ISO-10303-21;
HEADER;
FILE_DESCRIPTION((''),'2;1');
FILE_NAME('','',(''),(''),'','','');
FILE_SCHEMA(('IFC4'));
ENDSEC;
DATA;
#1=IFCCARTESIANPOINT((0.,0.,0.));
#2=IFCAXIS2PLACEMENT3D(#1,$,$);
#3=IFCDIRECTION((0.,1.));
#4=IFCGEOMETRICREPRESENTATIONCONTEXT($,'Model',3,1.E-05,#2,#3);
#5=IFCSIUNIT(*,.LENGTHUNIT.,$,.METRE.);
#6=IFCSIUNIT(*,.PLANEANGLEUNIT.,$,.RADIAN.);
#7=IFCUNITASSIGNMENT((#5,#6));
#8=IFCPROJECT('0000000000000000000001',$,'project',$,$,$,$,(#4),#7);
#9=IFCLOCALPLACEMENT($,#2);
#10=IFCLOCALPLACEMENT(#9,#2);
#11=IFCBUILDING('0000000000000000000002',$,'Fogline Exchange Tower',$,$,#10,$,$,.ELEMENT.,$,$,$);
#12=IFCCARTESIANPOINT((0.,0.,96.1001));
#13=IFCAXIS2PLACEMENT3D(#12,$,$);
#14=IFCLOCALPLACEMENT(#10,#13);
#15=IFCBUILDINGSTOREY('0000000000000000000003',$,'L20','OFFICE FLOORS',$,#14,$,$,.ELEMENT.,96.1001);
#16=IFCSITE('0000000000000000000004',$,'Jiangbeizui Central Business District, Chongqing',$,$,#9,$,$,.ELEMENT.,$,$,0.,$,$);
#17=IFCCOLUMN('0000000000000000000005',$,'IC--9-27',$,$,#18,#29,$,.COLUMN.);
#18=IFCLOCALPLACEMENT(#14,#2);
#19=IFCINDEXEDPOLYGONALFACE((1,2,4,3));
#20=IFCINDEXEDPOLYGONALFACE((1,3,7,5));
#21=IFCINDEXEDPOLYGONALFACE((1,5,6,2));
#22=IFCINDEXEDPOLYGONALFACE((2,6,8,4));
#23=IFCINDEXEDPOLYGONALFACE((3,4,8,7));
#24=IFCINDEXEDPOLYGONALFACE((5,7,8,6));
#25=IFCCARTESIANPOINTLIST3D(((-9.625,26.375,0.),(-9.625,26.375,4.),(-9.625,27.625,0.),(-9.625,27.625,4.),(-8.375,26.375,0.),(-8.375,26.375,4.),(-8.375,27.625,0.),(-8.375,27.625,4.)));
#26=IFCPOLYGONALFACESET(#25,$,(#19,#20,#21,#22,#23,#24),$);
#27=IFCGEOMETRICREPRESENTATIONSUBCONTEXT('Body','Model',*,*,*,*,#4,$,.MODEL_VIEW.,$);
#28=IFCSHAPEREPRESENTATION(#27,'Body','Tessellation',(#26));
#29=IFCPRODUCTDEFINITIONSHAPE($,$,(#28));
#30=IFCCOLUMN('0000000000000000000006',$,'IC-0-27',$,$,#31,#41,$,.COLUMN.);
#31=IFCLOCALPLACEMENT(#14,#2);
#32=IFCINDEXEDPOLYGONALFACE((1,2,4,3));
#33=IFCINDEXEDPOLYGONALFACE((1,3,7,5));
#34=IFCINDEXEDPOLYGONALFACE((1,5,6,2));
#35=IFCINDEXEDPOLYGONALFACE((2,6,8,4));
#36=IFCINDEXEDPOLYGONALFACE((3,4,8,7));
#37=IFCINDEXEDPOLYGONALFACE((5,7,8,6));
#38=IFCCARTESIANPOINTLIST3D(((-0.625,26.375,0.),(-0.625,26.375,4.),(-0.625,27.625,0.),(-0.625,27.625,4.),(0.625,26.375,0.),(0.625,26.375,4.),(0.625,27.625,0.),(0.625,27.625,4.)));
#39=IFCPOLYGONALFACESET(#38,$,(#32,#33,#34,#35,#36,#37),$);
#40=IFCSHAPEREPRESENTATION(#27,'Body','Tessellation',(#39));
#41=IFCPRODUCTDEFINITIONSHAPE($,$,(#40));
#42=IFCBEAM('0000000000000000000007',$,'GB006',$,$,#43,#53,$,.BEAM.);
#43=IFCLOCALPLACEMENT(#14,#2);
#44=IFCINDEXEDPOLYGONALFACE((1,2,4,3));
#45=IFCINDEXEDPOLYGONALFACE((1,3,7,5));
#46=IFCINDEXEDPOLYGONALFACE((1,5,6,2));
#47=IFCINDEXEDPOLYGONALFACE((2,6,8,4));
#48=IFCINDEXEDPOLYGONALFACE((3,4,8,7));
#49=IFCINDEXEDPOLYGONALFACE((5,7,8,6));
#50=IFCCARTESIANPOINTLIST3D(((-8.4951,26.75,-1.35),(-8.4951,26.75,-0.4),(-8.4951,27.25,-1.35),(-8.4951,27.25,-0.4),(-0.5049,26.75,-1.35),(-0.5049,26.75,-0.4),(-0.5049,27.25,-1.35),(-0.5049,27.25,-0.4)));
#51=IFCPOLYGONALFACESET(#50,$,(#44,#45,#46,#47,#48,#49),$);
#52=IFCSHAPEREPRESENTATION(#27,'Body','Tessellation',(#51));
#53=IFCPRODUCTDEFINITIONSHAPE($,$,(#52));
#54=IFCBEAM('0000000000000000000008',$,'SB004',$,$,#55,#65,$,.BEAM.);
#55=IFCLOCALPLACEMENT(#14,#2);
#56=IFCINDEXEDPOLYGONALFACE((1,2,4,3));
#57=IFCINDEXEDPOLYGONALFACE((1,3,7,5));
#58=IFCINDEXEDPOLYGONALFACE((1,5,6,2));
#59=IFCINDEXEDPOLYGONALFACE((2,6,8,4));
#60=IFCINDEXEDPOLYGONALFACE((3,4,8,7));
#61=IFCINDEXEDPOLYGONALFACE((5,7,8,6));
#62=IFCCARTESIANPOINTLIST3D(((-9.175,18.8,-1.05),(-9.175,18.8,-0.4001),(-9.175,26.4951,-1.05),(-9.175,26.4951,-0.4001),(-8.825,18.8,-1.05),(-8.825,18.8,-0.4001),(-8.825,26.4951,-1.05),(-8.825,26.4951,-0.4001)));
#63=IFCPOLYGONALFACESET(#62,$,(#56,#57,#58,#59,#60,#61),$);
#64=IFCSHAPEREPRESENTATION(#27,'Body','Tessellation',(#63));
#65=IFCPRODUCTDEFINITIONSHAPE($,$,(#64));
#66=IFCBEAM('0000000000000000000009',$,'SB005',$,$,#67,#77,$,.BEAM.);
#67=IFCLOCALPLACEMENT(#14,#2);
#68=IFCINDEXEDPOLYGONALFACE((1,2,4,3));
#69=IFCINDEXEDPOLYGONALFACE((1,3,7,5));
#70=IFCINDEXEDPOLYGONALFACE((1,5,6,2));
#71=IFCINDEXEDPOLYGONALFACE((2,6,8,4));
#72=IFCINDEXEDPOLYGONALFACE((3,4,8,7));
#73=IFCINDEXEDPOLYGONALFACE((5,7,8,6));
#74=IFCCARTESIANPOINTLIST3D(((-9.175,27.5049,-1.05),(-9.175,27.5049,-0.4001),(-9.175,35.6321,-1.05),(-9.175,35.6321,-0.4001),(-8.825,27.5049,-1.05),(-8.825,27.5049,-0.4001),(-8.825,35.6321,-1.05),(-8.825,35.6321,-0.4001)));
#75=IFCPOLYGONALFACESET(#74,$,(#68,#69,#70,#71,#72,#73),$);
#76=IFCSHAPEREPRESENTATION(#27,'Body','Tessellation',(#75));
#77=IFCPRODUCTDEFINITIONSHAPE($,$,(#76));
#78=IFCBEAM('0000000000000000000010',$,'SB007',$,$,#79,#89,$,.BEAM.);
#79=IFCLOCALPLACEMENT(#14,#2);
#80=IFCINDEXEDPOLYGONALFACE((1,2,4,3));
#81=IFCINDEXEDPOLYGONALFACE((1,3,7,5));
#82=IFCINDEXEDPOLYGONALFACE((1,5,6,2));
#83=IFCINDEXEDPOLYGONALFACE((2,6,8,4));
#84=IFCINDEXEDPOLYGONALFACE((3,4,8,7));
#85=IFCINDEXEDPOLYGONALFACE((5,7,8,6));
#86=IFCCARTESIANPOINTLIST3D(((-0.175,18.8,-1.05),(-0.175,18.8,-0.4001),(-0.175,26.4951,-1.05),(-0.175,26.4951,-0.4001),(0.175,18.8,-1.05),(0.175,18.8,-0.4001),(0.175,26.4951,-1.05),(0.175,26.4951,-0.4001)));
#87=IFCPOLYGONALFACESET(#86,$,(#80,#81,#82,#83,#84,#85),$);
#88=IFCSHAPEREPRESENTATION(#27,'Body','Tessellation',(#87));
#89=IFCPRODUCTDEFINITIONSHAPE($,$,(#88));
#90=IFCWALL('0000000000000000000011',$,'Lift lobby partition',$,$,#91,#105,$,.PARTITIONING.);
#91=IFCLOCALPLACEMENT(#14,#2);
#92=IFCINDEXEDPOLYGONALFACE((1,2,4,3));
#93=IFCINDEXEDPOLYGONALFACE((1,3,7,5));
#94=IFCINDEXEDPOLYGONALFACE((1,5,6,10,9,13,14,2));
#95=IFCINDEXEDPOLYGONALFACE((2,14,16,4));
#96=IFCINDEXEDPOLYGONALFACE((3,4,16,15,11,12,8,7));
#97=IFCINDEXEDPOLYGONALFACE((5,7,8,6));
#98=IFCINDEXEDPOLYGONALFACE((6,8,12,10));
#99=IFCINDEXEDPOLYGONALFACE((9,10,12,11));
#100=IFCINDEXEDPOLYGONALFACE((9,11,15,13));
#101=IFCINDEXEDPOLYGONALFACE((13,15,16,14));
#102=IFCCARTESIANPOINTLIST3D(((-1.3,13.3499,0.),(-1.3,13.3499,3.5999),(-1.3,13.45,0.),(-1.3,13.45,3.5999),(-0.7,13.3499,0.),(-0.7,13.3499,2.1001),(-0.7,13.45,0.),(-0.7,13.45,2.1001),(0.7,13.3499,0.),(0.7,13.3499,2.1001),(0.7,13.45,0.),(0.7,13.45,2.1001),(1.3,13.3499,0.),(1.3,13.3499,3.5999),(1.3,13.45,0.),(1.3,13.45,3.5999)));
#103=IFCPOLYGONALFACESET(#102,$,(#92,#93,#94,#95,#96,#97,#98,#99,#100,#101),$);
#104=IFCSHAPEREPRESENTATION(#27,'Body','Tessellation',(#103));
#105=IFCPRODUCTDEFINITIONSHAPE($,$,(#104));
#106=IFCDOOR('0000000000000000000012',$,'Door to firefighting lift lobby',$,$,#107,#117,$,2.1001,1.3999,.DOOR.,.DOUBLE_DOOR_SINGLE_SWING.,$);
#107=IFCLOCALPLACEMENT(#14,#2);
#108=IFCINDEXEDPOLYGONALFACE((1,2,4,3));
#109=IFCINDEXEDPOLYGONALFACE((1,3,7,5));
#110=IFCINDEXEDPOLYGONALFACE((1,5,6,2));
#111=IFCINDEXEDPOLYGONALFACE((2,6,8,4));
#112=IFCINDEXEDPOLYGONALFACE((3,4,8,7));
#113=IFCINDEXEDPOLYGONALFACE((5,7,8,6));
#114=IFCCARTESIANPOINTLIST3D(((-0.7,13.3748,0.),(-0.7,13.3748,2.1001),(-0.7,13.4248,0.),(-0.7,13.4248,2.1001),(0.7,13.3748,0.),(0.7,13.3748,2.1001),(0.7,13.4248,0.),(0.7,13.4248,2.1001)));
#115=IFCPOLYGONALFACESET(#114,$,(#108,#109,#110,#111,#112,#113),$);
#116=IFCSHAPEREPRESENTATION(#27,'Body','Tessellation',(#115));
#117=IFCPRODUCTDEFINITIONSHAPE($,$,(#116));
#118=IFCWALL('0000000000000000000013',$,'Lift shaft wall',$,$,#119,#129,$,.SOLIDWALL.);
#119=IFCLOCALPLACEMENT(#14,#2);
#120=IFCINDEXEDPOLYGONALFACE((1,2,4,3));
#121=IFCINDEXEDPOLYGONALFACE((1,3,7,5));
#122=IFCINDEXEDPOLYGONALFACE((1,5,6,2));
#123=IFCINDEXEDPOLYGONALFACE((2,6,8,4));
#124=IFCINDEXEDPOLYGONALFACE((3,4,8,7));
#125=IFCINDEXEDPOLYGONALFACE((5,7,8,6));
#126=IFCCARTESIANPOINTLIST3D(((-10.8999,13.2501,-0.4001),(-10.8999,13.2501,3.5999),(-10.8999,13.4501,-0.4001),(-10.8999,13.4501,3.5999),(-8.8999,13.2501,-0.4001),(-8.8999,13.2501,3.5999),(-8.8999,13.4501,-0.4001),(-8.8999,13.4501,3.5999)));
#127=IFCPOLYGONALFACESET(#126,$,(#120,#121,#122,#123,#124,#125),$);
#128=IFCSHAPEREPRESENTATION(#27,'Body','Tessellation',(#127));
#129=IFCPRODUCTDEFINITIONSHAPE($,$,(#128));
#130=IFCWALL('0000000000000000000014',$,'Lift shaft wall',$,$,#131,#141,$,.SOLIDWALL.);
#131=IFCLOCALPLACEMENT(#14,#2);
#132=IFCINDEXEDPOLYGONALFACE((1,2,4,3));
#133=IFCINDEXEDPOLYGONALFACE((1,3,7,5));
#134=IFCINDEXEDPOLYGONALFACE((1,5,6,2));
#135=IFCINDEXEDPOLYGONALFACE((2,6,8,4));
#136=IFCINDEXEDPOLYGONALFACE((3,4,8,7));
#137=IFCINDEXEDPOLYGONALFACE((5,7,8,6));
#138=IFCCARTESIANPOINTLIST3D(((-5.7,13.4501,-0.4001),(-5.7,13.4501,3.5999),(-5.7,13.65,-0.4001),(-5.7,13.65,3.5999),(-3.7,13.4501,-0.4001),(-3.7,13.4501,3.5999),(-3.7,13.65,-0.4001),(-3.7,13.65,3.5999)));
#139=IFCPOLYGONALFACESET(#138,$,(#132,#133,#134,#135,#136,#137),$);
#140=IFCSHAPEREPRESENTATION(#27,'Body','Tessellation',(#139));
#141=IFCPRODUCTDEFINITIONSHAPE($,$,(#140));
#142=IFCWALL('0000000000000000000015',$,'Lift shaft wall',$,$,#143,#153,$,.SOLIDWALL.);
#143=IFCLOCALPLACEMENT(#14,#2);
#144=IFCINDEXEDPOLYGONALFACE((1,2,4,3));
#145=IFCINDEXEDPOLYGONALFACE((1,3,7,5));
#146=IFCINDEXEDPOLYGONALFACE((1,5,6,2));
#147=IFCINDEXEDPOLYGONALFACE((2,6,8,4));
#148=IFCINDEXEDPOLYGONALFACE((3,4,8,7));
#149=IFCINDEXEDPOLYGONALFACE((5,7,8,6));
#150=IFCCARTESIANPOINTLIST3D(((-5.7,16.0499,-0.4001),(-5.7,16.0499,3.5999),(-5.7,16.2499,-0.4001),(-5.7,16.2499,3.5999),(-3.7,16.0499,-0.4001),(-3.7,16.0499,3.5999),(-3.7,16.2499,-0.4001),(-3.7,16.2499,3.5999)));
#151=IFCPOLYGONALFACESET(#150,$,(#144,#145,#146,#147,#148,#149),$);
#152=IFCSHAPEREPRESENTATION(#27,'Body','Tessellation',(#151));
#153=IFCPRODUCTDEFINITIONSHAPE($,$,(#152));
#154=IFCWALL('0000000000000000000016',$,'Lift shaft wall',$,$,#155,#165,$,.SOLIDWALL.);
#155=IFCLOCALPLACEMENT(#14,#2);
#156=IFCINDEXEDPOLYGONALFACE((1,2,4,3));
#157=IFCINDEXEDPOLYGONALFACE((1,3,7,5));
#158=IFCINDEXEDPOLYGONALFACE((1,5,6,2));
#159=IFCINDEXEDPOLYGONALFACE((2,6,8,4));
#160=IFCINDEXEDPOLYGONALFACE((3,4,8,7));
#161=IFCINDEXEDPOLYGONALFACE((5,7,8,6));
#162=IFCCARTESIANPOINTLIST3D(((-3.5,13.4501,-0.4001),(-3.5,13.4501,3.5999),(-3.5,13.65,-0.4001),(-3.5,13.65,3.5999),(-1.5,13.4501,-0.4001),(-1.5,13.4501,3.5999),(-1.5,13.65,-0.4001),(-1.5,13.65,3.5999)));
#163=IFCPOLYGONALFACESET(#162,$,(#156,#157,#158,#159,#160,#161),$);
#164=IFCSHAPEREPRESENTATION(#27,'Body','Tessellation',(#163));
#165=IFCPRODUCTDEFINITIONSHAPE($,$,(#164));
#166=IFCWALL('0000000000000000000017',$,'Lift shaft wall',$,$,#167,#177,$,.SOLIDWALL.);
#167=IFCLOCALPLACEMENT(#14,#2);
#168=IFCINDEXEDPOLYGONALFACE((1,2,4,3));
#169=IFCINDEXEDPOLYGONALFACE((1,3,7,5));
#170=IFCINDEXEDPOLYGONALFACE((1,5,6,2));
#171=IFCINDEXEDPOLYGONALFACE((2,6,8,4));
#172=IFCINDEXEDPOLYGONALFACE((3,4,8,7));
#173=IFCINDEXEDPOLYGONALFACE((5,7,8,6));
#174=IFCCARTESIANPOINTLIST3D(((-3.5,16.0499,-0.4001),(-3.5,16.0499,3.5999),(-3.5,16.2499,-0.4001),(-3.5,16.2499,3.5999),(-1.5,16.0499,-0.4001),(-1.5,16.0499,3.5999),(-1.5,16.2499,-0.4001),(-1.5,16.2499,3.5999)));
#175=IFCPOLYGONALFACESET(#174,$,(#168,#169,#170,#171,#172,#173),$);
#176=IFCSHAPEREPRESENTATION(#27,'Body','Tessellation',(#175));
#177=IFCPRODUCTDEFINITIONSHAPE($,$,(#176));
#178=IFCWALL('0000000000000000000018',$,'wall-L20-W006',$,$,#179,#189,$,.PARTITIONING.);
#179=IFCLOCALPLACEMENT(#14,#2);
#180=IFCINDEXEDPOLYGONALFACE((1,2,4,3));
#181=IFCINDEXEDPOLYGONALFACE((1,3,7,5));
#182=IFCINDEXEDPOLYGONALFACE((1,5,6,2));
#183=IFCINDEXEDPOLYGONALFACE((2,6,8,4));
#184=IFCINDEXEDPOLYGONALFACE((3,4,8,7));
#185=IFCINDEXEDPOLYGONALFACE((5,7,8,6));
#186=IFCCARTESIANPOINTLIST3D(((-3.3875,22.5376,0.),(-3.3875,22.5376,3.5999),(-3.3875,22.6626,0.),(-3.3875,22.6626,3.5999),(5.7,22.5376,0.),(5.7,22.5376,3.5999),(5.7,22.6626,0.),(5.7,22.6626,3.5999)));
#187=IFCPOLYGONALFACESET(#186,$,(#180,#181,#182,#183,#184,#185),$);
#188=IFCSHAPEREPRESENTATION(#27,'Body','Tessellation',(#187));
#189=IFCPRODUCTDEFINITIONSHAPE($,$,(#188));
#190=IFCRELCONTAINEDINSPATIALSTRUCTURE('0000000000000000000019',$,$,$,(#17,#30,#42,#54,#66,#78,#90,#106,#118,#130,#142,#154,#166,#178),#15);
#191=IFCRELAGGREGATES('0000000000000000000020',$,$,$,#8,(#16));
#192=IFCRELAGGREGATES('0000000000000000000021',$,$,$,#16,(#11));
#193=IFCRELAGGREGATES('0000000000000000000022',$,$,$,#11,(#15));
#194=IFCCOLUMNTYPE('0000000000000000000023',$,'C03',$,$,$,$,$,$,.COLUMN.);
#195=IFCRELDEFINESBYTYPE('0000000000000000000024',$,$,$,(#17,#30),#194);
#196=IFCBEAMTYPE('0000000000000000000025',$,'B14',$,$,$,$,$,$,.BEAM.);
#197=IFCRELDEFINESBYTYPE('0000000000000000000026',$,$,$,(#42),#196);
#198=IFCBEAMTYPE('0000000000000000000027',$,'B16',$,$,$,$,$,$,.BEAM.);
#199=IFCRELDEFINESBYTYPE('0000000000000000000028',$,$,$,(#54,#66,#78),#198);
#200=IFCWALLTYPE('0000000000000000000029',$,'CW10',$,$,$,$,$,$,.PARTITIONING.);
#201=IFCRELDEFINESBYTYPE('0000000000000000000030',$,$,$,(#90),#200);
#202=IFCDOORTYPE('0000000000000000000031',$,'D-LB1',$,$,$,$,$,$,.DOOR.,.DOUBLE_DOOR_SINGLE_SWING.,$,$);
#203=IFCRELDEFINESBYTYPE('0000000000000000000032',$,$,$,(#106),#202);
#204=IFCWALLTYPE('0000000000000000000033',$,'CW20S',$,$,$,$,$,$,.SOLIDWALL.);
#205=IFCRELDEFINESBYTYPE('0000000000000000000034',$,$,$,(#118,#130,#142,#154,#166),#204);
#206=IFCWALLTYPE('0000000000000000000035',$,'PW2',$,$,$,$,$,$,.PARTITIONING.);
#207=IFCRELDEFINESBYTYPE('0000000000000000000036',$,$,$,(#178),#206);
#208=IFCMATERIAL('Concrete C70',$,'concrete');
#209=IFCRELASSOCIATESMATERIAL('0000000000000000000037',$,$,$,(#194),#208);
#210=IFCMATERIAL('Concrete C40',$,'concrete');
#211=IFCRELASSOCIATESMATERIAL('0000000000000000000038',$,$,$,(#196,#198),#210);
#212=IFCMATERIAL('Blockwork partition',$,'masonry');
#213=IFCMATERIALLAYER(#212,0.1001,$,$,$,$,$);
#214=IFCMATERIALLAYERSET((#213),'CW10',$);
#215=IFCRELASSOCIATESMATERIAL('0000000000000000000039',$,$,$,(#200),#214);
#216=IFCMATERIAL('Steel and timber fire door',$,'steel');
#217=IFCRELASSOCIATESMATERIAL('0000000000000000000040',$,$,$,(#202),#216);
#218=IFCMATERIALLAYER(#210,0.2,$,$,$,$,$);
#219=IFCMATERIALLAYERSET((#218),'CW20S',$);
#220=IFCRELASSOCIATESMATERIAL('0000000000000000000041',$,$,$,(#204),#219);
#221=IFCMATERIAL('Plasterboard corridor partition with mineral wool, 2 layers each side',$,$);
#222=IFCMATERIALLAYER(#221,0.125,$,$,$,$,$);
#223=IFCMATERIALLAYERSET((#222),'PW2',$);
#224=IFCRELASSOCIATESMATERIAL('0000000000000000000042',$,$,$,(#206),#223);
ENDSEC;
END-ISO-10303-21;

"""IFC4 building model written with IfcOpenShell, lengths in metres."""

from ifc_helpers import new_model, si_unit, direction, frame, frame_2d, origin, origin_2d, place, context, subcontext, project, spatial, rectangle, extrude, material, layer, layer_set, material_profile, profile_set, type_object, element, fill, save


model = new_model("IFC4")

# Units and contexts
model_context = context("Model", 3, precision=1e-05, world=origin(), true_north=direction((0.0, 1.0)))
body_context = subcontext(model_context, "Body", "Model", "MODEL_VIEW")
ifc_project = project(units=[si_unit("LENGTHUNIT", "METRE"), si_unit("PLANEANGLEUNIT", "RADIAN")], contexts=[model_context])

# Site, building, storey
site_placement = place(None, origin())
site = spatial("IfcSite", under=ifc_project, at=site_placement, Name="Jiangbeizui Central Business District, Chongqing", CompositionType="ELEMENT", RefElevation=0.0)
building_placement = place(site_placement, origin())
building = spatial("IfcBuilding", under=site, at=building_placement, Name="Fogline Exchange Tower", CompositionType="ELEMENT")
storey_placement = place(building_placement, frame((0.0, 0.0, 96.1001)))
storey = spatial("IfcBuildingStorey", under=building, at=storey_placement, Name="L20", Description="OFFICE FLOORS", CompositionType="ELEMENT", Elevation=96.1001)

# Columns
ifc_material_1 = material(Name="Concrete C70", Category="concrete")
ifc_material_profile_1 = material_profile(ifc_material_1, rectangle(XDim=1.25, YDim=1.25, at=origin_2d()), Name="RC 1250x1250")
ifc_profile_set_1 = profile_set([ifc_material_profile_1], Name="Concrete C70")
column_type = type_object("IfcColumnType", Name="C03", PredefinedType="COLUMN", material=ifc_profile_set_1)
for number, where, z_axis, x_axis, name in (
    (1, (-9.0, 27.0, 0.0), (0.0, 0.0, 1.0), (1.0, 0.0, 0.0), "IC--9-27"),
    (2, (0.0, 27.0, 0.0), (0.0, 0.0, 1.0), (1.0, 0.0, 0.0), "IC-0-27"),
):
    element("IfcColumn", number, at=place(storey_placement, frame(where, z_axis=z_axis, x_axis=x_axis)), inside=storey, type_object=column_type, Name=name, PredefinedType="COLUMN", context=body_context, shape_type="SweptSolid", body=[
        extrude(rectangle(XDim=1.25, YDim=1.25, at=origin_2d()), origin(), (0.0, 0.0, 1.0), 4.0),
    ])

# Beams
ifc_material_2 = material(Name="Concrete C40", Category="concrete")
ifc_material_profile_2 = material_profile(ifc_material_2, rectangle(XDim=0.5, YDim=0.95, at=origin_2d()), Name="RC 500x950")
ifc_profile_set_2 = profile_set([ifc_material_profile_2], Name="Concrete C40")
beam_type_1 = type_object("IfcBeamType", Name="B14", PredefinedType="BEAM", material=ifc_profile_set_2)
beam_1_placement = place(storey_placement, frame((-8.4951, 27.0, -0.875), z_axis=(1.0, 0.0, 0.0), x_axis=(0.0, 1.0, 0.0)))
element("IfcBeam", 3, at=beam_1_placement, inside=storey, type_object=beam_type_1, Name="GB006", PredefinedType="BEAM", context=body_context, shape_type="SweptSolid", body=[
    extrude(rectangle(XDim=0.5, YDim=0.95, at=origin_2d()), origin(), (0.0, 0.0, 1.0), 7.9902),
])
ifc_material_profile_3 = material_profile(ifc_material_2, rectangle(XDim=0.3501, YDim=0.6499, at=origin_2d()), Name="RC 350x650")
ifc_profile_set_3 = profile_set([ifc_material_profile_3], Name="Concrete C40")
beam_type_2 = type_object("IfcBeamType", Name="B16", PredefinedType="BEAM", material=ifc_profile_set_3)
beam_2_placement = place(storey_placement, frame((-9.0, 18.8, -0.7251), z_axis=(0.0, 1.0, 0.0), x_axis=(-1.0, 0.0, 0.0)))
element("IfcBeam", 4, at=beam_2_placement, inside=storey, type_object=beam_type_2, Name="SB004", PredefinedType="BEAM", context=body_context, shape_type="SweptSolid", body=[
    extrude(rectangle(XDim=0.3501, YDim=0.6499, at=origin_2d()), origin(), (0.0, 0.0, 1.0), 7.6951),
])
beam_3_placement = place(storey_placement, frame((-9.0, 27.5049, -0.7251), z_axis=(0.0, 1.0, 0.0), x_axis=(-1.0, 0.0, 0.0)))
element("IfcBeam", 5, at=beam_3_placement, inside=storey, type_object=beam_type_2, Name="SB005", PredefinedType="BEAM", context=body_context, shape_type="SweptSolid", body=[
    extrude(rectangle(XDim=0.3501, YDim=0.6499, at=origin_2d()), origin(), (0.0, 0.0, 1.0), 8.1272),
])
beam_4_placement = place(storey_placement, frame((0.0, 18.8, -0.7251), z_axis=(0.0, 1.0, 0.0), x_axis=(-1.0, 0.0, 0.0)))
element("IfcBeam", 6, at=beam_4_placement, inside=storey, type_object=beam_type_2, Name="SB007", PredefinedType="BEAM", context=body_context, shape_type="SweptSolid", body=[
    extrude(rectangle(XDim=0.3501, YDim=0.6499, at=origin_2d()), origin(), (0.0, 0.0, 1.0), 7.6951),
])

# Wall, opening, door
ifc_material_3 = material(Name="Blockwork partition", Category="masonry")
ifc_layer_1 = layer(ifc_material_3, 0.1001)
ifc_layer_set_1 = layer_set([ifc_layer_1], Name="CW10")
wall_type_1 = type_object("IfcWallType", Name="CW10", PredefinedType="PARTITIONING", material=ifc_layer_set_1)
wall_1_placement = place(storey_placement, frame((-1.3, 13.3999, 0.0), z_axis=(0.0, 0.0, 1.0), x_axis=(1.0, 0.0, 0.0)))
wall_1 = element("IfcWall", 7, at=wall_1_placement, inside=storey, type_object=wall_type_1, Name="Lift lobby partition", PredefinedType="PARTITIONING", context=body_context, shape_type="SweptSolid", body=[
    extrude(rectangle(XDim=2.6001, YDim=0.1001, at=frame_2d((1.3, 0.0))), origin(), (0.0, 0.0, 1.0), 3.5999),
])
opening_1_placement = place(wall_1_placement, frame((0.6001, 0.0, 0.0)))
opening_1 = element("IfcOpeningElement", 8, at=opening_1_placement, cuts=wall_1, PredefinedType="OPENING", context=body_context, shape_type="SweptSolid", body=[
    extrude(rectangle(XDim=1.3999, YDim=2.1001, at=frame_2d((0.7, 1.05))), frame((0.0, 0.0601, 0.0), z_axis=(0.0, -1.0, 0.0), x_axis=(1.0, 0.0, 0.0)), (0.0, 0.0, 1.0), 0.1201),
])
ifc_material_4 = material(Name="Steel and timber fire door", Category="steel")
door_type_1 = type_object("IfcDoorType", Name="D-LB1", OperationType="DOUBLE_DOOR_SINGLE_SWING", PredefinedType="DOOR", material=ifc_material_4)
door_1_placement = place(opening_1_placement, origin())
door_1 = element("IfcDoor", 9, at=door_1_placement, inside=storey, type_object=door_type_1, Name="Door to firefighting lift lobby", OperationType="DOUBLE_DOOR_SINGLE_SWING", OverallHeight=2.1001, OverallWidth=1.3999, PredefinedType="DOOR", context=body_context, shape_type="SweptSolid", body=[
    extrude(rectangle(XDim=1.3999, YDim=2.1001, at=frame_2d((0.7, 1.05))), frame((0.0, 0.0249, 0.0), z_axis=(0.0, -1.0, 0.0), x_axis=(1.0, 0.0, 0.0)), (0.0, 0.0, 1.0), 0.05),
])
fill(opening_1, door_1)

# Walls
ifc_layer_2 = layer(ifc_material_2, 0.2)
ifc_layer_set_2 = layer_set([ifc_layer_2], Name="CW20S")
wall_type_2 = type_object("IfcWallType", Name="CW20S", PredefinedType="SOLIDWALL", material=ifc_layer_set_2)
for number, where, z_axis, x_axis, name in (
    (10, (-10.8999, 13.3501, -0.4001), (0.0, 0.0, 1.0), (1.0, 0.0, 0.0), "Lift shaft wall"),
    (11, (-5.7, 13.55, -0.4001), (0.0, 0.0, 1.0), (1.0, 0.0, 0.0), "Lift shaft wall"),
    (12, (-5.7, 16.1499, -0.4001), (0.0, 0.0, 1.0), (1.0, 0.0, 0.0), "Lift shaft wall"),
    (13, (-3.5, 13.55, -0.4001), (0.0, 0.0, 1.0), (1.0, 0.0, 0.0), "Lift shaft wall"),
    (14, (-3.5, 16.1499, -0.4001), (0.0, 0.0, 1.0), (1.0, 0.0, 0.0), "Lift shaft wall"),
):
    element("IfcWall", number, at=place(storey_placement, frame(where, z_axis=z_axis, x_axis=x_axis)), inside=storey, type_object=wall_type_2, Name=name, PredefinedType="SOLIDWALL", context=body_context, shape_type="SweptSolid", body=[
        extrude(rectangle(XDim=2.0, YDim=0.2, at=frame_2d((1.0, 0.0))), origin(), (0.0, 0.0, 1.0), 4.0),
    ])
ifc_material_5 = material(Name="Plasterboard corridor partition with mineral wool, 2 layers each side")
ifc_layer_3 = layer(ifc_material_5, 0.125)
ifc_layer_set_3 = layer_set([ifc_layer_3], Name="PW2")
wall_type_3 = type_object("IfcWallType", Name="PW2", PredefinedType="PARTITIONING", material=ifc_layer_set_3)
wall_2_placement = place(storey_placement, frame((-3.3875, 22.6001, 0.0), z_axis=(0.0, 0.0, 1.0), x_axis=(1.0, 0.0, 0.0)))
element("IfcWall", 15, at=wall_2_placement, inside=storey, type_object=wall_type_3, Name="wall-L20-W006", PredefinedType="PARTITIONING", context=body_context, shape_type="SweptSolid", body=[
    extrude(rectangle(XDim=9.0874, YDim=0.125, at=frame_2d((4.5437, 0.0))), origin(), (0.0, 0.0, 1.0), 3.5999),
])

save(model, "model.ifc")
